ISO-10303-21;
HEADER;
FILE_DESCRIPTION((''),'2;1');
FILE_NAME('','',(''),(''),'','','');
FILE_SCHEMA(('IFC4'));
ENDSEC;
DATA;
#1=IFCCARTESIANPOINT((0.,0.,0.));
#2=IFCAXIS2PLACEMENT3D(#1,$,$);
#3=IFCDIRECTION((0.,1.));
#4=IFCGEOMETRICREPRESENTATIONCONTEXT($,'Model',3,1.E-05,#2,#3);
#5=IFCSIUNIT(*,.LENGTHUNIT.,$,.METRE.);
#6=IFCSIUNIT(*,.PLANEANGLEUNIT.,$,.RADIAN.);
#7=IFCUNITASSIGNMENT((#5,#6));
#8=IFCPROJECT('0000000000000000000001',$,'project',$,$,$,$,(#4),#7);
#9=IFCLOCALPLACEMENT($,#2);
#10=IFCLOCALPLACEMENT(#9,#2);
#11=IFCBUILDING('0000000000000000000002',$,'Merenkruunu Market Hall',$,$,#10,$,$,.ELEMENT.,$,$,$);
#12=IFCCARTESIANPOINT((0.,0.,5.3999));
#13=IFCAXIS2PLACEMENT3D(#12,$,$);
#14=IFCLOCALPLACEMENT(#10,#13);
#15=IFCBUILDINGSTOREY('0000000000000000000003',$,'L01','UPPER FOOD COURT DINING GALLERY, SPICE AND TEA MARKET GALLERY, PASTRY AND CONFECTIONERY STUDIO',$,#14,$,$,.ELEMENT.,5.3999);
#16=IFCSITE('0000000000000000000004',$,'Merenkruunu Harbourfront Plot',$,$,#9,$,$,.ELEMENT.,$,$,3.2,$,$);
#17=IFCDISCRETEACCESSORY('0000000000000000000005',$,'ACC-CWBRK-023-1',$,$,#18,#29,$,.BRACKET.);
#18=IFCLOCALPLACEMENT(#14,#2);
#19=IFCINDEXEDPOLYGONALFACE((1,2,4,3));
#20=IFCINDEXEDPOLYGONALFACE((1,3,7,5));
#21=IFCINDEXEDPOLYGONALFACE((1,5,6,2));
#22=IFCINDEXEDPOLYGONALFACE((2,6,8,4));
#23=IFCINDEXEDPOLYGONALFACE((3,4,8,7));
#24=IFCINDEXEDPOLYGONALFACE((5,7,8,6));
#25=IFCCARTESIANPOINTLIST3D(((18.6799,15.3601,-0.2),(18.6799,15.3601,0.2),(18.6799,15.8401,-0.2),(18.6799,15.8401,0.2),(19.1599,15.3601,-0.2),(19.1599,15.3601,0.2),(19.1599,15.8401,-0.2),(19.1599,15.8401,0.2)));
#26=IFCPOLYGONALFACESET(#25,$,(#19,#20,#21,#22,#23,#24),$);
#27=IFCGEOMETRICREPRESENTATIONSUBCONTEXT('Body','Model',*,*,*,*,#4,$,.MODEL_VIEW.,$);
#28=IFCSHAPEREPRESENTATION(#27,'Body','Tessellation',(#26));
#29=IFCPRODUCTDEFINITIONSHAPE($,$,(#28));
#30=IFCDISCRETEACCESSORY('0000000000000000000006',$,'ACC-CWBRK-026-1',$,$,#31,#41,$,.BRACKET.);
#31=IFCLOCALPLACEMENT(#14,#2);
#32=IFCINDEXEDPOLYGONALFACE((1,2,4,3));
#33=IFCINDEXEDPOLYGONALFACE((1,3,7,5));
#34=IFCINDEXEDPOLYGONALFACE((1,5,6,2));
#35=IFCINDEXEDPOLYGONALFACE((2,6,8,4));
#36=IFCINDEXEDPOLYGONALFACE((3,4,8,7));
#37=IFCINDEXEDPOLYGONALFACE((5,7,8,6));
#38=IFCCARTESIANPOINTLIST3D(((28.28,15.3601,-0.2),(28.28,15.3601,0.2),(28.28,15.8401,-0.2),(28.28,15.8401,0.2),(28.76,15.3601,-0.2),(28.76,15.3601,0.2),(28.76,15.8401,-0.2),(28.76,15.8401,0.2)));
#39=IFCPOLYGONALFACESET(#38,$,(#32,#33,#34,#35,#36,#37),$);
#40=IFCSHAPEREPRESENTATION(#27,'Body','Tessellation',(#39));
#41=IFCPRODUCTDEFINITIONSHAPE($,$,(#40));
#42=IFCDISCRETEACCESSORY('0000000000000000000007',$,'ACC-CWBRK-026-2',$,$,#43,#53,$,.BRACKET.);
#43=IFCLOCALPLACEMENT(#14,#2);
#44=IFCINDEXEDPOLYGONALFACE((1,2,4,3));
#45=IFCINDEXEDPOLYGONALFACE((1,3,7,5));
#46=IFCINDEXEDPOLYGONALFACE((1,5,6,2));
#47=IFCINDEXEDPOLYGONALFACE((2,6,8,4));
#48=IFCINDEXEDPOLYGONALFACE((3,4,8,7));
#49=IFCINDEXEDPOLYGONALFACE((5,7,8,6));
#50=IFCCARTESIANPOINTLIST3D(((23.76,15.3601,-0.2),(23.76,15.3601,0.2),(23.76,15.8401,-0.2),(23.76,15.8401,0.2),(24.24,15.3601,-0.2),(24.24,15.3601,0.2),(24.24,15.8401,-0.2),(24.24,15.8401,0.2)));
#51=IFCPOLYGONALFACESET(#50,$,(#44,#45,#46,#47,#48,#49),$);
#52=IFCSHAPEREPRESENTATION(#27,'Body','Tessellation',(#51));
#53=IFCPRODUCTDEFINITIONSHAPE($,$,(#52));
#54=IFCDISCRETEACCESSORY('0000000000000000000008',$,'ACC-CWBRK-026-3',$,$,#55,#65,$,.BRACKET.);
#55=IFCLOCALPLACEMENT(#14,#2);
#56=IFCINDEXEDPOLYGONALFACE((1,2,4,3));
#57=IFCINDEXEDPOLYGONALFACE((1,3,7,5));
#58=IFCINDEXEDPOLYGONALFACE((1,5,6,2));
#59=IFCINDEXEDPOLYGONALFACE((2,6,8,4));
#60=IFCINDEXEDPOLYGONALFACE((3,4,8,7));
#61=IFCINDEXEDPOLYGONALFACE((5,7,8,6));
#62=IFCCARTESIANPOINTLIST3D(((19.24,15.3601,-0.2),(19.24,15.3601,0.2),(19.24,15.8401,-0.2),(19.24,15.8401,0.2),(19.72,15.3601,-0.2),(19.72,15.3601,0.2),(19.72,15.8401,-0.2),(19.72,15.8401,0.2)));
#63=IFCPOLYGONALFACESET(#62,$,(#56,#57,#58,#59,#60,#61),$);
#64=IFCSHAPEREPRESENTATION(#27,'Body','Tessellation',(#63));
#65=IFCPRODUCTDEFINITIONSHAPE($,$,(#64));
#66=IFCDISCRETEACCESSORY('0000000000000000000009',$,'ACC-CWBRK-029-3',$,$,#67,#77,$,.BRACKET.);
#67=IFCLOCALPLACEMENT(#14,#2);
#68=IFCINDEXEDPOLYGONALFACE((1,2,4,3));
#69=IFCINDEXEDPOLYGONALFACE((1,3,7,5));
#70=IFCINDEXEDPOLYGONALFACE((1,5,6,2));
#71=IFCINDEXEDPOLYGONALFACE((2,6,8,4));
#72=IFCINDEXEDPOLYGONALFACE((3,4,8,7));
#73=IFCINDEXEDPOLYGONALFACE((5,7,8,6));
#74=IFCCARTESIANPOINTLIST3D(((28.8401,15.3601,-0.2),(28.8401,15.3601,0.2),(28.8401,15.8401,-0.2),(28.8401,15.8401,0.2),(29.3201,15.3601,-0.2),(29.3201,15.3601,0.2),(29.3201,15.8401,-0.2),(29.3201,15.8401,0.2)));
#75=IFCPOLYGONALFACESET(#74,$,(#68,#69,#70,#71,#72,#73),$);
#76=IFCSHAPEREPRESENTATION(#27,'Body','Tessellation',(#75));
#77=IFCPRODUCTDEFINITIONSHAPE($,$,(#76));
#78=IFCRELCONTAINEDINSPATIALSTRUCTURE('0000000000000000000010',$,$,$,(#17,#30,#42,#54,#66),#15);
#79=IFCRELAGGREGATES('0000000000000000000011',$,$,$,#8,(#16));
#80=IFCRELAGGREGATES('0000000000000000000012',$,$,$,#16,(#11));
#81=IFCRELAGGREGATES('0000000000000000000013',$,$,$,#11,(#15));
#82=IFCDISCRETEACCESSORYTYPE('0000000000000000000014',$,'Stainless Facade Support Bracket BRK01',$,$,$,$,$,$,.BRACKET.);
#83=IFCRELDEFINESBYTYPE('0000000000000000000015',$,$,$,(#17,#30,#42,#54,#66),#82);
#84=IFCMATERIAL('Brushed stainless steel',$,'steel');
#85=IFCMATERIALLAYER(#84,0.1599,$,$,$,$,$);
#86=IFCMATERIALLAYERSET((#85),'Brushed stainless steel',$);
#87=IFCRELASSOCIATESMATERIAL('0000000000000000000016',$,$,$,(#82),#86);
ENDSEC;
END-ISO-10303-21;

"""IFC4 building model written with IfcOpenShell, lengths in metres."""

from ifc_helpers import new_model, si_unit, direction, frame, origin, origin_2d, place, context, subcontext, project, spatial, rectangle, extrude, material, layer, layer_set, type_object, element, save


model = new_model("IFC4")

# Units and contexts
model_context = context("Model", 3, precision=1e-05, world=origin(), true_north=direction((0.0, 1.0)))
body_context = subcontext(model_context, "Body", "Model", "MODEL_VIEW")
ifc_project = project(units=[si_unit("LENGTHUNIT", "METRE"), si_unit("PLANEANGLEUNIT", "RADIAN")], contexts=[model_context])

# Site, building, storey
site_placement = place(None, origin())
site = spatial("IfcSite", under=ifc_project, at=site_placement, Name="Merenkruunu Harbourfront Plot", CompositionType="ELEMENT", RefElevation=3.2)
building_placement = place(site_placement, origin())
building = spatial("IfcBuilding", under=site, at=building_placement, Name="Merenkruunu Market Hall", CompositionType="ELEMENT")
storey_placement = place(building_placement, frame((0.0, 0.0, 5.3999)))
storey = spatial("IfcBuildingStorey", under=building, at=storey_placement, Name="L01", Description="UPPER FOOD COURT DINING GALLERY, SPICE AND TEA MARKET GALLERY, PASTRY AND CONFECTIONERY STUDIO", CompositionType="ELEMENT", Elevation=5.3999)

# Discrete accessories
ifc_material_1 = material(Name="Brushed stainless steel", Category="steel")
ifc_layer_1 = layer(ifc_material_1, 0.1599)
ifc_layer_set_1 = layer_set([ifc_layer_1], Name="Brushed stainless steel")
discrete_accessory_type = type_object("IfcDiscreteAccessoryType", Name="Stainless Facade Support Bracket BRK01", PredefinedType="BRACKET", material=ifc_layer_set_1)
for number, where, z_axis, x_axis, name in (
    (1, (18.9199, 15.6001, -0.2), (0.0, 0.0, 1.0), (1.0, 0.0, 0.0), "ACC-CWBRK-023-1"),
    (2, (28.52, 15.6001, -0.2), (0.0, 0.0, 1.0), (1.0, 0.0, 0.0), "ACC-CWBRK-026-1"),
    (3, (24.0, 15.6001, -0.2), (0.0, 0.0, 1.0), (1.0, 0.0, 0.0), "ACC-CWBRK-026-2"),
    (4, (19.48, 15.6001, -0.2), (0.0, 0.0, 1.0), (1.0, 0.0, 0.0), "ACC-CWBRK-026-3"),
    (5, (29.0801, 15.6001, -0.2), (0.0, 0.0, 1.0), (1.0, 0.0, 0.0), "ACC-CWBRK-029-3"),
):
    element("IfcDiscreteAccessory", number, at=place(storey_placement, frame(where, z_axis=z_axis, x_axis=x_axis)), inside=storey, type_object=discrete_accessory_type, Name=name, PredefinedType="BRACKET", context=body_context, shape_type="SweptSolid", body=[
        extrude(rectangle(XDim=0.48, YDim=0.48, at=origin_2d()), origin(), (0.0, 0.0, 1.0), 0.3999),
    ])

save(model, "model.ifc")
